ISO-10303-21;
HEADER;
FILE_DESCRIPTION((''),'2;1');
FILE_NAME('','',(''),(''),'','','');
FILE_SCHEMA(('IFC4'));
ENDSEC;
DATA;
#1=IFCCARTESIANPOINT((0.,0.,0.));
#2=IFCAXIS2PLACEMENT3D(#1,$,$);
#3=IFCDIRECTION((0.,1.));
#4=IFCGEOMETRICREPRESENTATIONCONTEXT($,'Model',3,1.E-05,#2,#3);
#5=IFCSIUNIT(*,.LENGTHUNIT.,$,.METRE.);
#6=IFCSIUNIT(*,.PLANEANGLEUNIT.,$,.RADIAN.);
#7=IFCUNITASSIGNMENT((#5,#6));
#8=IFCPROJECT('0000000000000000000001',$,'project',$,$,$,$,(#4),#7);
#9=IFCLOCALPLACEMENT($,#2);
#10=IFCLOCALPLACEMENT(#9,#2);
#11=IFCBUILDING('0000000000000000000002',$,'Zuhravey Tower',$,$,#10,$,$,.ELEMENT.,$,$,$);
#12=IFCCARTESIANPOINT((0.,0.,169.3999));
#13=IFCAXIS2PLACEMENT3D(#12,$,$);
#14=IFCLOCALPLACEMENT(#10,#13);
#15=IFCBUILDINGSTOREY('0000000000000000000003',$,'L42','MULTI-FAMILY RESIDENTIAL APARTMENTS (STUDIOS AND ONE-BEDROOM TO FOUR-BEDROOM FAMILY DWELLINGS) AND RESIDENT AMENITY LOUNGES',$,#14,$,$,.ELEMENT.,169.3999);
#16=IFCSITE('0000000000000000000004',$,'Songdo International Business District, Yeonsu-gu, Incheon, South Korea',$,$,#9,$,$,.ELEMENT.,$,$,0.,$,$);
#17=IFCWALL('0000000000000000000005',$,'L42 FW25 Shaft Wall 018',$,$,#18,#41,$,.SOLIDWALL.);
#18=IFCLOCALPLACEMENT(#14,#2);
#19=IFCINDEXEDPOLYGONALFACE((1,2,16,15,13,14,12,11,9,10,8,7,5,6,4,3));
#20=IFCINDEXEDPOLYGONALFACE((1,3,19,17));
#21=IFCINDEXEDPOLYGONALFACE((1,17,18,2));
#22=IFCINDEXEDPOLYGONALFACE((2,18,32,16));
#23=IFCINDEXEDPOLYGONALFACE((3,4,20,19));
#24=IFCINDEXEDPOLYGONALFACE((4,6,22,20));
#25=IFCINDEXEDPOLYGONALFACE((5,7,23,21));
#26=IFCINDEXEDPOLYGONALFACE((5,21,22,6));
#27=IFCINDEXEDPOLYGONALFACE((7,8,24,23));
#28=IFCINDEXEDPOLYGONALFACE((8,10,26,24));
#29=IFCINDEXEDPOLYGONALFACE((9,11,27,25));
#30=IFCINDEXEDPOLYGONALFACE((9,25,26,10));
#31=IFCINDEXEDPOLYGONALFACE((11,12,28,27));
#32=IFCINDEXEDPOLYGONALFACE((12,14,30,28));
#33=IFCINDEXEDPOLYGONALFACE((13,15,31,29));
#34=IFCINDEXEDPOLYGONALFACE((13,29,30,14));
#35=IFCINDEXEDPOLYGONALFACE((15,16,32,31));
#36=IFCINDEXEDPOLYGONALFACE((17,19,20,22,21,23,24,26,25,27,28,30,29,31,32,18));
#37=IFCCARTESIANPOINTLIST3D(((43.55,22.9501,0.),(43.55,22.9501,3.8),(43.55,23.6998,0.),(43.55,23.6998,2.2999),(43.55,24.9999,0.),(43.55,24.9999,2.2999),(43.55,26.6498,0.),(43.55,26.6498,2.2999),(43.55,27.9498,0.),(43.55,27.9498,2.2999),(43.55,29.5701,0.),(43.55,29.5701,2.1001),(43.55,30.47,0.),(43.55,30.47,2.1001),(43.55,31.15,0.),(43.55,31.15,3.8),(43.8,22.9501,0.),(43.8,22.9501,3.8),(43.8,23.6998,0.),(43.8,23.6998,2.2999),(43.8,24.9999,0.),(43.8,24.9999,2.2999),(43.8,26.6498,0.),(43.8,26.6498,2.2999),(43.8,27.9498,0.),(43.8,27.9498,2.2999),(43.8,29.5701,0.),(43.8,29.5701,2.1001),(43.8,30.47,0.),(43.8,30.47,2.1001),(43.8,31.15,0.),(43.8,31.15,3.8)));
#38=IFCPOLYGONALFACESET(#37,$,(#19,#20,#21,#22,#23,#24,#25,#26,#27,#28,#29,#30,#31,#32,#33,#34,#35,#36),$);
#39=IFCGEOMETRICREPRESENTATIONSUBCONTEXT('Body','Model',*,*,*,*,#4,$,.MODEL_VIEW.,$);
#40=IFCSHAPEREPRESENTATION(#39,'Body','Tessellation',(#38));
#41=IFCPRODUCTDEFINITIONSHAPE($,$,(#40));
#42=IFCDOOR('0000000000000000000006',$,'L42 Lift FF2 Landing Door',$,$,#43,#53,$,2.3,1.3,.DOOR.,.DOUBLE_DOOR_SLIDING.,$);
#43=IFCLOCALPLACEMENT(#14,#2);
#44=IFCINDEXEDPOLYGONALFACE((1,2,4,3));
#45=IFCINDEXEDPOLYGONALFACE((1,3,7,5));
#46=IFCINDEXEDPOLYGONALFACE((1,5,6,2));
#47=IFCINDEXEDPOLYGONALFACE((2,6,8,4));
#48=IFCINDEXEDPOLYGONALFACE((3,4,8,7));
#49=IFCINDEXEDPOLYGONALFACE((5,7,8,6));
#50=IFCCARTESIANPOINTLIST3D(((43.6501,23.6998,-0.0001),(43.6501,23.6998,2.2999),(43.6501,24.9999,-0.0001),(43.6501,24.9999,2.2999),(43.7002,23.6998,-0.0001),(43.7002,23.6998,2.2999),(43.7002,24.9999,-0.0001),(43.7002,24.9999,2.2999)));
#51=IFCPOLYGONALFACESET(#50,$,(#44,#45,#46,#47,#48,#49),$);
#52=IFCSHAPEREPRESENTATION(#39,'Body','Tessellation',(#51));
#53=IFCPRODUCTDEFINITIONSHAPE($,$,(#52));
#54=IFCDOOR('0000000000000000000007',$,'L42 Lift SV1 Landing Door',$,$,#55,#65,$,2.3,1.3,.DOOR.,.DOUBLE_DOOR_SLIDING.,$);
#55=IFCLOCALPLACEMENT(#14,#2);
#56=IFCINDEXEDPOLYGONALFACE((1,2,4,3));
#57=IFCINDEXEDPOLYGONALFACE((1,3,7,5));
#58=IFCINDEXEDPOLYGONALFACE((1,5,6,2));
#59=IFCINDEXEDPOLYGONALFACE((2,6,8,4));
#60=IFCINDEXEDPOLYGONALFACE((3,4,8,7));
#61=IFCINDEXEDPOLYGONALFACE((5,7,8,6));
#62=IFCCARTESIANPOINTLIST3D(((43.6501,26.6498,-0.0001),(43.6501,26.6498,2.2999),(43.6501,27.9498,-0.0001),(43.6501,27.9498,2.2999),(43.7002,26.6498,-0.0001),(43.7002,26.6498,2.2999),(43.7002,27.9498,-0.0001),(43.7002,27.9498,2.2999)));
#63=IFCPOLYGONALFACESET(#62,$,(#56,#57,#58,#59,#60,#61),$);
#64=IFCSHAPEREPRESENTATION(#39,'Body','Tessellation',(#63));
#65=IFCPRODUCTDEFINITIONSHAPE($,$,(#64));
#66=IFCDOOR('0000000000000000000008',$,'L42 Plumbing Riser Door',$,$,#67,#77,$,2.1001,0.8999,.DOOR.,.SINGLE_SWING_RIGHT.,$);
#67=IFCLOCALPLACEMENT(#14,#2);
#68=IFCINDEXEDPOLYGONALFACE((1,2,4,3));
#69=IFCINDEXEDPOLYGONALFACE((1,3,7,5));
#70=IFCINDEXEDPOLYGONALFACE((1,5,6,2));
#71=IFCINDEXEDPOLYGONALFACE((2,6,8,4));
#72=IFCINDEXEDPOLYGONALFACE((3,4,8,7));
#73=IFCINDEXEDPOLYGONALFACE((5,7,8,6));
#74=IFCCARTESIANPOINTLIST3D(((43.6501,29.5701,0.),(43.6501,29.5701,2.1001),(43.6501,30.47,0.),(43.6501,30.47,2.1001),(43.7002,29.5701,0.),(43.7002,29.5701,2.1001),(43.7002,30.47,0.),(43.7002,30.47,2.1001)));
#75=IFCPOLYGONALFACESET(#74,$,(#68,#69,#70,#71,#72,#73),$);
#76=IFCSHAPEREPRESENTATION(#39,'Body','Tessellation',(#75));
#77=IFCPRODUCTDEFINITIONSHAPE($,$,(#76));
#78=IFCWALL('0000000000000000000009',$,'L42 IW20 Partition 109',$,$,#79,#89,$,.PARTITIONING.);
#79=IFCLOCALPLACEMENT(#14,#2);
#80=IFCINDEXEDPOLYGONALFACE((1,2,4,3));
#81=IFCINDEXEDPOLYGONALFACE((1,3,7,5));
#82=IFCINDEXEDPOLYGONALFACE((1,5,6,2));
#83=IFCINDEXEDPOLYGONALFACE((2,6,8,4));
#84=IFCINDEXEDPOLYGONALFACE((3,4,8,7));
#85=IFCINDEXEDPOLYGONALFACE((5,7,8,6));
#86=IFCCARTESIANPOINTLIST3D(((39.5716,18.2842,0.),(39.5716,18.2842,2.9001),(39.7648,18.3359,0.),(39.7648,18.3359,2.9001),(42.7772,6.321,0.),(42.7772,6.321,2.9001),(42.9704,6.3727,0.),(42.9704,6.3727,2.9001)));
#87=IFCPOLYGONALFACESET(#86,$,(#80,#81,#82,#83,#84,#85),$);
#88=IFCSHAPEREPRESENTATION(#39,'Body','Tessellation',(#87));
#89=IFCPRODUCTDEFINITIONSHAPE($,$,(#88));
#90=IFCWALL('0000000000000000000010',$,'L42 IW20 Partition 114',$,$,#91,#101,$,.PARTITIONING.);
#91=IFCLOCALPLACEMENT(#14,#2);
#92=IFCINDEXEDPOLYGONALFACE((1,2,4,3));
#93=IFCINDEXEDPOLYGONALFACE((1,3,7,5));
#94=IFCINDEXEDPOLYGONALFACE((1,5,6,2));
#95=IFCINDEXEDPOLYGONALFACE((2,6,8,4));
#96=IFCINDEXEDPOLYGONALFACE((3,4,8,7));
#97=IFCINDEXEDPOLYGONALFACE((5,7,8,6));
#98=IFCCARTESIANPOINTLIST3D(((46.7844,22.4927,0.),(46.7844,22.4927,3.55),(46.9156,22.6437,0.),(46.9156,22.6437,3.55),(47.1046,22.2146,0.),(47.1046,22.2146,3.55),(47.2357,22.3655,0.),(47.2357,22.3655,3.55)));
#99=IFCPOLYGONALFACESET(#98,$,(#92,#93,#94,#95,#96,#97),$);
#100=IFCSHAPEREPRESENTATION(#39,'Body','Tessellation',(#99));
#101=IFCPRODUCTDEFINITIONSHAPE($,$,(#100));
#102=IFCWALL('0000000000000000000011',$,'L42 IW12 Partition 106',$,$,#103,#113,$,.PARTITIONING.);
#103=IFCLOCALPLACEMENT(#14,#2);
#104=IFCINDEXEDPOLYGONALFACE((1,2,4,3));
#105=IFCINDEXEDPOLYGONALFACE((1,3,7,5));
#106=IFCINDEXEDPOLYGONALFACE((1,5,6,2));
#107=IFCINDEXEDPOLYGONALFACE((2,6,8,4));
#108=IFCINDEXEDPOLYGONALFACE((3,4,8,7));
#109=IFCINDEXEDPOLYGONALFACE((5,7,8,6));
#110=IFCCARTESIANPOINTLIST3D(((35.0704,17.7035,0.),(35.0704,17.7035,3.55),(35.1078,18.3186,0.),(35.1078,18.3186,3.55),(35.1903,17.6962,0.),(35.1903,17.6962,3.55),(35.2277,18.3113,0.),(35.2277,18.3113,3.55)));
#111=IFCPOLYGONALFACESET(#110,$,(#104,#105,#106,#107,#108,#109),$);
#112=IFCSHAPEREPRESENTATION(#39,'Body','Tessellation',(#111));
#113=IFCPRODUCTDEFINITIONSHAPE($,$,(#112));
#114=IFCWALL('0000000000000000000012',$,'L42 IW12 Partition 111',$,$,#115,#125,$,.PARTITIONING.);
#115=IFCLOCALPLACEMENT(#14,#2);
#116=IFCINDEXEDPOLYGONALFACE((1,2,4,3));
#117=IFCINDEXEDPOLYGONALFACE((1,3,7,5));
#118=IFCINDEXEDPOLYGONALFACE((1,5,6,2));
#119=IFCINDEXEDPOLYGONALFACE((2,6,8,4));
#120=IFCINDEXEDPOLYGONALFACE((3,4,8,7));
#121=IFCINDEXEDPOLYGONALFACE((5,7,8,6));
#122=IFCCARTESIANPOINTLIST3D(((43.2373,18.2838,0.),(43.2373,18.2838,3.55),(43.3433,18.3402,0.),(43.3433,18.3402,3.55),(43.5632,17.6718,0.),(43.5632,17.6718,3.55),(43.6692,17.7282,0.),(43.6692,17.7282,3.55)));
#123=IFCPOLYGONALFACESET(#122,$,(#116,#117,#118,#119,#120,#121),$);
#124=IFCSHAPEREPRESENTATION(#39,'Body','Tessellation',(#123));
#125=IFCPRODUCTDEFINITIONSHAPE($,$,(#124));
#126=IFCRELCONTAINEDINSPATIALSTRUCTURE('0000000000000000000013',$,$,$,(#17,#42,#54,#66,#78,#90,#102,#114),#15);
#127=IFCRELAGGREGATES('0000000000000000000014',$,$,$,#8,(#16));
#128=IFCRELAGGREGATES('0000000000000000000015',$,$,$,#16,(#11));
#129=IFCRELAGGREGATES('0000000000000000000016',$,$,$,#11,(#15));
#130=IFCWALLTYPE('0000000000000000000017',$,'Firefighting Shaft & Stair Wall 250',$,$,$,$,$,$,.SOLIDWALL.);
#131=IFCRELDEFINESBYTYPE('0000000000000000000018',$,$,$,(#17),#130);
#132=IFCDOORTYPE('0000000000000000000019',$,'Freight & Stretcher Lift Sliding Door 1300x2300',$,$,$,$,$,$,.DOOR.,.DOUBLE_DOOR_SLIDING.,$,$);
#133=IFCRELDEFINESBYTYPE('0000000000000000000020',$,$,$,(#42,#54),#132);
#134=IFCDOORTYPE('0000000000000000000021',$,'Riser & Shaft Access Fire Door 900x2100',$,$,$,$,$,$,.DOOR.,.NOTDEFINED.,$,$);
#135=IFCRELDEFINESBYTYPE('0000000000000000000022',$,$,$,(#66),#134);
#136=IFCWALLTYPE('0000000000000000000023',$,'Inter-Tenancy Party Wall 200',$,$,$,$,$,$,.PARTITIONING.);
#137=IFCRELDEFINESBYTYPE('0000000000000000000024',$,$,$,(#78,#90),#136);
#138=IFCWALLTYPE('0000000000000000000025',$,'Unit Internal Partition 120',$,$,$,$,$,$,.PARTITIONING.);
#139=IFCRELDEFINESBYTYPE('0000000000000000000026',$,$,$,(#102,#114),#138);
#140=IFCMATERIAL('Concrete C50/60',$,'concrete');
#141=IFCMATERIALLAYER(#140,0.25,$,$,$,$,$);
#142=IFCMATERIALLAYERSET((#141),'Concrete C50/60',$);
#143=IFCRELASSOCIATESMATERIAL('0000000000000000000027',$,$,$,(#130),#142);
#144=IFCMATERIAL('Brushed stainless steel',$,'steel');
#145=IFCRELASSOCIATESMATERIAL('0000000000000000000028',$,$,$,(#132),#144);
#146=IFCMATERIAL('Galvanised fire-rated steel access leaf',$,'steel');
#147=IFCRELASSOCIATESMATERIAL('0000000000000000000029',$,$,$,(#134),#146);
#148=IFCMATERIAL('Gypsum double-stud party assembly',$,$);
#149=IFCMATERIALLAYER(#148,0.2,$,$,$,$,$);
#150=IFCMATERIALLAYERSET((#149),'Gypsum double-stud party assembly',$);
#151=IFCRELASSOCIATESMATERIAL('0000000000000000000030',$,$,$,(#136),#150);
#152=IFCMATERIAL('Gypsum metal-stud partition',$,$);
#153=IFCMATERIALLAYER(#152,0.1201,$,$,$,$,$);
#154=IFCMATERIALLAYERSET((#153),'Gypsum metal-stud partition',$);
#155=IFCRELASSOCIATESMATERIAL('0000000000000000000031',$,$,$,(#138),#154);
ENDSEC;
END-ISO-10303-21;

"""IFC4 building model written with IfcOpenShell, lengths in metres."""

from ifc_helpers import new_model, si_unit, direction, frame, frame_2d, origin, place, context, subcontext, project, spatial, rectangle, extrude, material, layer, layer_set, type_object, element, fill, save


model = new_model("IFC4")

# Units and contexts
model_context = context("Model", 3, precision=1e-05, world=origin(), true_north=direction((0.0, 1.0)))
body_context = subcontext(model_context, "Body", "Model", "MODEL_VIEW")
ifc_project = project(units=[si_unit("LENGTHUNIT", "METRE"), si_unit("PLANEANGLEUNIT", "RADIAN")], contexts=[model_context])

# Site, building, storey
site_placement = place(None, origin())
site = spatial("IfcSite", under=ifc_project, at=site_placement, Name="Songdo International Business District, Yeonsu-gu, Incheon, South Korea", CompositionType="ELEMENT", RefElevation=0.0)
building_placement = place(site_placement, origin())
building = spatial("IfcBuilding", under=site, at=building_placement, Name="Zuhravey Tower", CompositionType="ELEMENT")
storey_placement = place(building_placement, frame((0.0, 0.0, 169.3999)))
storey = spatial("IfcBuildingStorey", under=building, at=storey_placement, Name="L42", Description="MULTI-FAMILY RESIDENTIAL APARTMENTS (STUDIOS AND ONE-BEDROOM TO FOUR-BEDROOM FAMILY DWELLINGS) AND RESIDENT AMENITY LOUNGES", CompositionType="ELEMENT", Elevation=169.3999)

# Shared definitions
ifc_material_1 = material(Name="Concrete C50/60", Category="concrete")
ifc_layer_1 = layer(ifc_material_1, 0.25)
ifc_layer_set_1 = layer_set([ifc_layer_1], Name="Concrete C50/60")
wall_type_1 = type_object("IfcWallType", Name="Firefighting Shaft & Stair Wall 250", PredefinedType="SOLIDWALL", material=ifc_layer_set_1)

# Shared definitions
ifc_material_2 = material(Name="Brushed stainless steel", Category="steel")

# Wall, openings, doors
wall_1_placement = place(storey_placement, frame((43.675, 22.95, 0.0), z_axis=(0.0, 0.0, 1.0), x_axis=(0.0, 1.0, 0.0)))
wall_1 = element("IfcWall", 1, at=wall_1_placement, inside=storey, type_object=wall_type_1, Name="L42 FW25 Shaft Wall 018", PredefinedType="SOLIDWALL", context=body_context, shape_type="SweptSolid", body=[
    extrude(rectangle(XDim=8.2, YDim=0.25, at=frame_2d((4.1001, 0.0))), origin(), (0.0, 0.0, 1.0), 3.8),
])
opening_1_placement = place(wall_1_placement, frame((0.75, 0.0, 0.0)))
opening_1 = element("IfcOpeningElement", 2, at=opening_1_placement, cuts=wall_1, PredefinedType="OPENING", context=body_context, shape_type="SweptSolid", body=[
    extrude(rectangle(XDim=1.3, YDim=2.3, at=frame_2d((0.6499, 1.1499))), frame((0.0, 0.137, 0.0), z_axis=(0.0, -1.0, 0.0), x_axis=(1.0, 0.0, 0.0)), (0.0, 0.0, 1.0), 0.2739),
])
opening_2_placement = place(wall_1_placement, frame((3.7, 0.0, 0.0)))
opening_2 = element("IfcOpeningElement", 3, at=opening_2_placement, cuts=wall_1, PredefinedType="OPENING", context=body_context, shape_type="SweptSolid", body=[
    extrude(rectangle(XDim=1.3, YDim=2.3, at=frame_2d((0.6499, 1.1499))), frame((0.0, 0.137, 0.0), z_axis=(0.0, -1.0, 0.0), x_axis=(1.0, 0.0, 0.0)), (0.0, 0.0, 1.0), 0.2739),
])
opening_3_placement = place(wall_1_placement, frame((6.6201, 0.0, 0.0)))
opening_3 = element("IfcOpeningElement", 4, at=opening_3_placement, cuts=wall_1, PredefinedType="OPENING", context=body_context, shape_type="SweptSolid", body=[
    extrude(rectangle(XDim=0.8999, YDim=2.1001, at=frame_2d((0.45, 1.05))), frame((0.0, 0.137, 0.0), z_axis=(0.0, -1.0, 0.0), x_axis=(1.0, 0.0, 0.0)), (0.0, 0.0, 1.0), 0.2739),
])
door_type_1 = type_object("IfcDoorType", Name="Freight & Stretcher Lift Sliding Door 1300x2300", OperationType="DOUBLE_DOOR_SLIDING", PredefinedType="DOOR", material=ifc_material_2)
door_1_placement = place(opening_1_placement, origin())
door_1 = element("IfcDoor", 5, at=door_1_placement, inside=storey, type_object=door_type_1, Name="L42 Lift FF2 Landing Door", OperationType="DOUBLE_DOOR_SLIDING", OverallHeight=2.3, OverallWidth=1.3, PredefinedType="DOOR", context=body_context, shape_type="SweptSolid", body=[
    extrude(rectangle(XDim=1.3, YDim=2.3, at=frame_2d((0.6499, 1.1499))), frame((0.0, 0.0249, 0.0), z_axis=(0.0, -1.0, 0.0), x_axis=(1.0, 0.0, 0.0)), (0.0, 0.0, 1.0), 0.05),
])
fill(opening_1, door_1)
door_2_placement = place(opening_2_placement, origin())
door_2 = element("IfcDoor", 6, at=door_2_placement, inside=storey, type_object=door_type_1, Name="L42 Lift SV1 Landing Door", OperationType="DOUBLE_DOOR_SLIDING", OverallHeight=2.3, OverallWidth=1.3, PredefinedType="DOOR", context=body_context, shape_type="SweptSolid", body=[
    extrude(rectangle(XDim=1.3, YDim=2.3, at=frame_2d((0.6499, 1.1499))), frame((0.0, 0.0249, 0.0), z_axis=(0.0, -1.0, 0.0), x_axis=(1.0, 0.0, 0.0)), (0.0, 0.0, 1.0), 0.05),
])
fill(opening_2, door_2)
ifc_material_3 = material(Name="Galvanised fire-rated steel access leaf", Category="steel")
door_type_2 = type_object("IfcDoorType", Name="Riser & Shaft Access Fire Door 900x2100", OperationType="NOTDEFINED", PredefinedType="DOOR", material=ifc_material_3)
door_3_placement = place(opening_3_placement, origin())
door_3 = element("IfcDoor", 7, at=door_3_placement, inside=storey, type_object=door_type_2, Name="L42 Plumbing Riser Door", OperationType="SINGLE_SWING_RIGHT", OverallHeight=2.1001, OverallWidth=0.8999, PredefinedType="DOOR", context=body_context, shape_type="SweptSolid", body=[
    extrude(rectangle(XDim=0.8999, YDim=2.1001, at=frame_2d((0.45, 1.05))), frame((0.0, 0.0249, 0.0), z_axis=(0.0, -1.0, 0.0), x_axis=(1.0, 0.0, 0.0)), (0.0, 0.0, 1.0), 0.05),
])
fill(opening_3, door_3)

# Walls
ifc_material_4 = material(Name="Gypsum double-stud party assembly")
ifc_layer_2 = layer(ifc_material_4, 0.2)
ifc_layer_set_2 = layer_set([ifc_layer_2], Name="Gypsum double-stud party assembly")
wall_type_2 = type_object("IfcWallType", Name="Inter-Tenancy Party Wall 200", PredefinedType="PARTITIONING", material=ifc_layer_set_2)
wall_2_placement = place(storey_placement, frame((39.6682, 18.3101, 0.0), z_axis=(0.0, 0.0, 1.0), x_axis=(0.258823, -0.965925, 0.0)))
element("IfcWall", 8, at=wall_2_placement, inside=storey, type_object=wall_type_2, Name="L42 IW20 Partition 109", PredefinedType="PARTITIONING", context=body_context, shape_type="SweptSolid", body=[
    extrude(rectangle(XDim=12.3853, YDim=0.2, at=frame_2d((6.1926, 0.0))), origin(), (0.0, 0.0, 1.0), 2.9001),
])
wall_3_placement = place(storey_placement, frame((46.8501, 22.5681, 0.0), z_axis=(0.0, 0.0, 1.0), x_axis=(0.754891, -0.655851, 0.0)))
element("IfcWall", 9, at=wall_3_placement, inside=storey, type_object=wall_type_2, Name="L42 IW20 Partition 114", PredefinedType="PARTITIONING", context=body_context, shape_type="SweptSolid", body=[
    extrude(rectangle(XDim=0.4241, YDim=0.2, at=frame_2d((0.2119, 0.0))), origin(), (0.0, 0.0, 1.0), 3.55),
])
ifc_material_5 = material(Name="Gypsum metal-stud partition")
ifc_layer_3 = layer(ifc_material_5, 0.1201)
ifc_layer_set_3 = layer_set([ifc_layer_3], Name="Gypsum metal-stud partition")
wall_type_3 = type_object("IfcWallType", Name="Unit Internal Partition 120", PredefinedType="PARTITIONING", material=ifc_layer_set_3)
wall_4_placement = place(storey_placement, frame((35.1677, 18.3149, 0.0), z_axis=(0.0, 0.0, 1.0), x_axis=(-0.060627, -0.998161, 0.0)))
element("IfcWall", 10, at=wall_4_placement, inside=storey, type_object=wall_type_3, Name="L42 IW12 Partition 106", PredefinedType="PARTITIONING", context=body_context, shape_type="SweptSolid", body=[
    extrude(rectangle(XDim=0.6162, YDim=0.1201, at=frame_2d((0.3081, 0.0))), origin(), (0.0, 0.0, 1.0), 3.55),
])
wall_5_placement = place(storey_placement, frame((43.2903, 18.312, 0.0), z_axis=(0.0, 0.0, 1.0), x_axis=(0.470022, -0.882655, 0.0)))
element("IfcWall", 11, at=wall_5_placement, inside=storey, type_object=wall_type_3, Name="L42 IW12 Partition 111", PredefinedType="PARTITIONING", context=body_context, shape_type="SweptSolid", body=[
    extrude(rectangle(XDim=0.6934, YDim=0.1201, at=frame_2d((0.3467, 0.0))), origin(), (0.0, 0.0, 1.0), 3.55),
])

save(model, "model.ifc")
